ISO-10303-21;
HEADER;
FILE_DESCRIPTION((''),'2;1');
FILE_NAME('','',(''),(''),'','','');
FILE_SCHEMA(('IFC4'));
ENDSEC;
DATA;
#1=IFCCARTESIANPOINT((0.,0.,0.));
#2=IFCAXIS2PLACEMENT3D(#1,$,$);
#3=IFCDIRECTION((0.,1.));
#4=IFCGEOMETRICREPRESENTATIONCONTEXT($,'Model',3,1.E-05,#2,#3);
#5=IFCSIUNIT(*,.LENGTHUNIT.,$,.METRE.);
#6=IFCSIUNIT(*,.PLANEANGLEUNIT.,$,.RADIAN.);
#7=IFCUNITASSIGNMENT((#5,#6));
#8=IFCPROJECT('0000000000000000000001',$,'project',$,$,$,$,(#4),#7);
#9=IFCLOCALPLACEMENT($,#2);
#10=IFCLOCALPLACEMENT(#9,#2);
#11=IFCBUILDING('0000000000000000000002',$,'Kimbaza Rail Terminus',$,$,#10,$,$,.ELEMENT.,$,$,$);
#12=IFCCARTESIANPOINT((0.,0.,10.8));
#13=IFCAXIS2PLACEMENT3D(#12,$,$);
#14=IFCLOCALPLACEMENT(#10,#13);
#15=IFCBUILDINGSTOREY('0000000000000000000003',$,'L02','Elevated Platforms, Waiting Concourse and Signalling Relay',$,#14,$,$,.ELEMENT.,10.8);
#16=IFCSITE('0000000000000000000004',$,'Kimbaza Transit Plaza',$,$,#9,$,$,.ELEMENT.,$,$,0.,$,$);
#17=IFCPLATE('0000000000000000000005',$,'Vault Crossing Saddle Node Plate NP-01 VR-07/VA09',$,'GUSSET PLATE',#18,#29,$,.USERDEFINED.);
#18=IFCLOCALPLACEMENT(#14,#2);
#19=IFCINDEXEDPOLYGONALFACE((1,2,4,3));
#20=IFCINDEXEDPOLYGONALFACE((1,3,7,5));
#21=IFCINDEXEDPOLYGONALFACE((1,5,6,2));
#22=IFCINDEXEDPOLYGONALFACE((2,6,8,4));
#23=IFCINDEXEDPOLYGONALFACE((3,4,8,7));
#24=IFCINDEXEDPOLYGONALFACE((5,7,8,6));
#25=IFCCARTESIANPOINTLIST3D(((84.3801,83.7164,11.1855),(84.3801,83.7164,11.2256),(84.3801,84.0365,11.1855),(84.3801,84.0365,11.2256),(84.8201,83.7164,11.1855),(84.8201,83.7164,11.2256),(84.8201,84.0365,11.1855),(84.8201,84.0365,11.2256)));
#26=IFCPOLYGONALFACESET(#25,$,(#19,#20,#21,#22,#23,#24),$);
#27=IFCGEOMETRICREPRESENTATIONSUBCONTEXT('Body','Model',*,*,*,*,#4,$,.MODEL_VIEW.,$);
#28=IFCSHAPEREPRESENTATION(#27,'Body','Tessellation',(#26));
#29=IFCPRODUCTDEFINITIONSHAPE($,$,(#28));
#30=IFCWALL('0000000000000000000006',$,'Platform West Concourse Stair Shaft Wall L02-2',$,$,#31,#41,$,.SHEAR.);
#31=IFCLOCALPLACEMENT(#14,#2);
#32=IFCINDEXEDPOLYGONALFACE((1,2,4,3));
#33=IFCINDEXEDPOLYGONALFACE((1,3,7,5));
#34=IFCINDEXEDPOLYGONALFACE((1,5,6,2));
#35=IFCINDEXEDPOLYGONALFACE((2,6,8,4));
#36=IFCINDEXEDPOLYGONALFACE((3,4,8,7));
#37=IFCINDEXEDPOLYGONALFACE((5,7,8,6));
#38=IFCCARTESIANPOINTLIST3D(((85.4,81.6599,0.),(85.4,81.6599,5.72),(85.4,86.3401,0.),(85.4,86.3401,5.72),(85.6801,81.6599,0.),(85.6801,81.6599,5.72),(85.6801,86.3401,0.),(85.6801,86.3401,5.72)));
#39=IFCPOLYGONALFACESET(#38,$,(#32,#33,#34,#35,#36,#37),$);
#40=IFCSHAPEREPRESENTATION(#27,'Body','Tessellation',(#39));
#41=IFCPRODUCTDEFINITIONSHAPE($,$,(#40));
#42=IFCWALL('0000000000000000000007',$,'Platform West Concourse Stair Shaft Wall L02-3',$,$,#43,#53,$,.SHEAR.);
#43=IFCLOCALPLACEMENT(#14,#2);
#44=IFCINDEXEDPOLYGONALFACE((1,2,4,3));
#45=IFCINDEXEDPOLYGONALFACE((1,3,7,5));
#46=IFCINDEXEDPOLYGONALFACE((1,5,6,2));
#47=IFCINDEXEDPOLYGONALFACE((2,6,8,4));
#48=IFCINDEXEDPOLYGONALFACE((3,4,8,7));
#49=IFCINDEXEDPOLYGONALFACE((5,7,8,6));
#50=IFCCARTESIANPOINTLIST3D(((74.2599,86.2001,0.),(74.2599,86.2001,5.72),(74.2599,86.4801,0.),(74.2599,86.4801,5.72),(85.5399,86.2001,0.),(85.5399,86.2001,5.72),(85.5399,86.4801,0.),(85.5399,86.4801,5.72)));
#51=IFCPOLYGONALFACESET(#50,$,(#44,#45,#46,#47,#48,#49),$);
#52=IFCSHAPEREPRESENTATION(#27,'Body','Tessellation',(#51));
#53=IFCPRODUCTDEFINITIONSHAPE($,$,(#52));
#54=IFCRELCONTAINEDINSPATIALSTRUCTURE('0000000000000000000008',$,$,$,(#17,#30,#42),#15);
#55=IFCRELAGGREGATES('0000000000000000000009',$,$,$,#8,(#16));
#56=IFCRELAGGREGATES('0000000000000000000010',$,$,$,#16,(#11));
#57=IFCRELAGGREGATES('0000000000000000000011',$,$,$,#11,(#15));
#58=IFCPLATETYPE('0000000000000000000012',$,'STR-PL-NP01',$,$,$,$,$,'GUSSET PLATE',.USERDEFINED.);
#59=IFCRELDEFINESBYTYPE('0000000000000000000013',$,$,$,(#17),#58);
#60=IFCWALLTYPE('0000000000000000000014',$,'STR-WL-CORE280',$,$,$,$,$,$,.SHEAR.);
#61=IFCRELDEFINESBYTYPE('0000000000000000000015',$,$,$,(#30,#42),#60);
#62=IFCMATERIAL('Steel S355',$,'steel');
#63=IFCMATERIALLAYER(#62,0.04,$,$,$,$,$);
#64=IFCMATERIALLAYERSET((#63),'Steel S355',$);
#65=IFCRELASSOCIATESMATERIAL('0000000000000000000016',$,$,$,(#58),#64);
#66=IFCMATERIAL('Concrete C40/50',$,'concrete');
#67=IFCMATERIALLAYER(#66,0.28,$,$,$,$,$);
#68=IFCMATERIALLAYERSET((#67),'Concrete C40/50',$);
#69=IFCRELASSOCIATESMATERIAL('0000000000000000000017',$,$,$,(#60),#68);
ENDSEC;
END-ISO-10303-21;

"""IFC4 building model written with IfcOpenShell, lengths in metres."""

from ifc_helpers import new_model, si_unit, direction, frame, frame_2d, origin, origin_2d, place, context, subcontext, project, spatial, rectangle, extrude, material, layer, layer_set, type_object, element, save


model = new_model("IFC4")

# Units and contexts
model_context = context("Model", 3, precision=1e-05, world=origin(), true_north=direction((0.0, 1.0)))
body_context = subcontext(model_context, "Body", "Model", "MODEL_VIEW")
ifc_project = project(units=[si_unit("LENGTHUNIT", "METRE"), si_unit("PLANEANGLEUNIT", "RADIAN")], contexts=[model_context])

# Site, building, storey
site_placement = place(None, origin())
site = spatial("IfcSite", under=ifc_project, at=site_placement, Name="Kimbaza Transit Plaza", CompositionType="ELEMENT", RefElevation=0.0)
building_placement = place(site_placement, origin())
building = spatial("IfcBuilding", under=site, at=building_placement, Name="Kimbaza Rail Terminus", CompositionType="ELEMENT")
storey_placement = place(building_placement, frame((0.0, 0.0, 10.8)))
storey = spatial("IfcBuildingStorey", under=building, at=storey_placement, Name="L02", Description="Elevated Platforms, Waiting Concourse and Signalling Relay", CompositionType="ELEMENT", Elevation=10.8)

# Plate
ifc_material_1 = material(Name="Steel S355", Category="steel")
ifc_layer_1 = layer(ifc_material_1, 0.04)
ifc_layer_set_1 = layer_set([ifc_layer_1], Name="Steel S355")
plate_type_1 = type_object("IfcPlateType", Name="STR-PL-NP01", ElementType="GUSSET PLATE", PredefinedType="USERDEFINED", material=ifc_layer_set_1)
for number, where, z_axis, x_axis, name in (
    (1, (84.6001, 83.8765, 11.1855), (0.0, 0.0, 1.0), (1.0, 0.0, 0.0), "Vault Crossing Saddle Node Plate NP-01 VR-07/VA09"),
):
    element("IfcPlate", number, at=place(storey_placement, frame(where, z_axis=z_axis, x_axis=x_axis)), inside=storey, type_object=plate_type_1, Name=name, ObjectType="GUSSET PLATE", PredefinedType="USERDEFINED", context=body_context, shape_type="SweptSolid", body=[
        extrude(rectangle(XDim=0.4399, YDim=0.3201, at=origin_2d()), origin(), (0.0, 0.0, 1.0), 0.04),
    ])

# Walls
ifc_material_2 = material(Name="Concrete C40/50", Category="concrete")
ifc_layer_2 = layer(ifc_material_2, 0.28)
ifc_layer_set_2 = layer_set([ifc_layer_2], Name="Concrete C40/50")
wall_type = type_object("IfcWallType", Name="STR-WL-CORE280", PredefinedType="SHEAR", material=ifc_layer_set_2)
wall_1_placement = place(storey_placement, frame((85.54, 81.6599, 0.0), z_axis=(0.0, 0.0, 1.0), x_axis=(0.0, 1.0, 0.0)))
element("IfcWall", 2, at=wall_1_placement, inside=storey, type_object=wall_type, Name="Platform West Concourse Stair Shaft Wall L02-2", PredefinedType="SHEAR", context=body_context, shape_type="SweptSolid", body=[
    extrude(rectangle(XDim=4.6802, YDim=0.28, at=frame_2d((2.3401, 0.0))), origin(), (0.0, 0.0, 1.0), 5.72),
])
wall_2_placement = place(storey_placement, frame((85.54, 86.3401, 0.0), z_axis=(0.0, 0.0, 1.0), x_axis=(-1.0, 0.0, 0.0)))
element("IfcWall", 3, at=wall_2_placement, inside=storey, type_object=wall_type, Name="Platform West Concourse Stair Shaft Wall L02-3", PredefinedType="SHEAR", context=body_context, shape_type="SweptSolid", body=[
    extrude(rectangle(XDim=11.28, YDim=0.28, at=frame_2d((5.6401, 0.0))), origin(), (0.0, 0.0, 1.0), 5.72),
])

save(model, "model.ifc")
